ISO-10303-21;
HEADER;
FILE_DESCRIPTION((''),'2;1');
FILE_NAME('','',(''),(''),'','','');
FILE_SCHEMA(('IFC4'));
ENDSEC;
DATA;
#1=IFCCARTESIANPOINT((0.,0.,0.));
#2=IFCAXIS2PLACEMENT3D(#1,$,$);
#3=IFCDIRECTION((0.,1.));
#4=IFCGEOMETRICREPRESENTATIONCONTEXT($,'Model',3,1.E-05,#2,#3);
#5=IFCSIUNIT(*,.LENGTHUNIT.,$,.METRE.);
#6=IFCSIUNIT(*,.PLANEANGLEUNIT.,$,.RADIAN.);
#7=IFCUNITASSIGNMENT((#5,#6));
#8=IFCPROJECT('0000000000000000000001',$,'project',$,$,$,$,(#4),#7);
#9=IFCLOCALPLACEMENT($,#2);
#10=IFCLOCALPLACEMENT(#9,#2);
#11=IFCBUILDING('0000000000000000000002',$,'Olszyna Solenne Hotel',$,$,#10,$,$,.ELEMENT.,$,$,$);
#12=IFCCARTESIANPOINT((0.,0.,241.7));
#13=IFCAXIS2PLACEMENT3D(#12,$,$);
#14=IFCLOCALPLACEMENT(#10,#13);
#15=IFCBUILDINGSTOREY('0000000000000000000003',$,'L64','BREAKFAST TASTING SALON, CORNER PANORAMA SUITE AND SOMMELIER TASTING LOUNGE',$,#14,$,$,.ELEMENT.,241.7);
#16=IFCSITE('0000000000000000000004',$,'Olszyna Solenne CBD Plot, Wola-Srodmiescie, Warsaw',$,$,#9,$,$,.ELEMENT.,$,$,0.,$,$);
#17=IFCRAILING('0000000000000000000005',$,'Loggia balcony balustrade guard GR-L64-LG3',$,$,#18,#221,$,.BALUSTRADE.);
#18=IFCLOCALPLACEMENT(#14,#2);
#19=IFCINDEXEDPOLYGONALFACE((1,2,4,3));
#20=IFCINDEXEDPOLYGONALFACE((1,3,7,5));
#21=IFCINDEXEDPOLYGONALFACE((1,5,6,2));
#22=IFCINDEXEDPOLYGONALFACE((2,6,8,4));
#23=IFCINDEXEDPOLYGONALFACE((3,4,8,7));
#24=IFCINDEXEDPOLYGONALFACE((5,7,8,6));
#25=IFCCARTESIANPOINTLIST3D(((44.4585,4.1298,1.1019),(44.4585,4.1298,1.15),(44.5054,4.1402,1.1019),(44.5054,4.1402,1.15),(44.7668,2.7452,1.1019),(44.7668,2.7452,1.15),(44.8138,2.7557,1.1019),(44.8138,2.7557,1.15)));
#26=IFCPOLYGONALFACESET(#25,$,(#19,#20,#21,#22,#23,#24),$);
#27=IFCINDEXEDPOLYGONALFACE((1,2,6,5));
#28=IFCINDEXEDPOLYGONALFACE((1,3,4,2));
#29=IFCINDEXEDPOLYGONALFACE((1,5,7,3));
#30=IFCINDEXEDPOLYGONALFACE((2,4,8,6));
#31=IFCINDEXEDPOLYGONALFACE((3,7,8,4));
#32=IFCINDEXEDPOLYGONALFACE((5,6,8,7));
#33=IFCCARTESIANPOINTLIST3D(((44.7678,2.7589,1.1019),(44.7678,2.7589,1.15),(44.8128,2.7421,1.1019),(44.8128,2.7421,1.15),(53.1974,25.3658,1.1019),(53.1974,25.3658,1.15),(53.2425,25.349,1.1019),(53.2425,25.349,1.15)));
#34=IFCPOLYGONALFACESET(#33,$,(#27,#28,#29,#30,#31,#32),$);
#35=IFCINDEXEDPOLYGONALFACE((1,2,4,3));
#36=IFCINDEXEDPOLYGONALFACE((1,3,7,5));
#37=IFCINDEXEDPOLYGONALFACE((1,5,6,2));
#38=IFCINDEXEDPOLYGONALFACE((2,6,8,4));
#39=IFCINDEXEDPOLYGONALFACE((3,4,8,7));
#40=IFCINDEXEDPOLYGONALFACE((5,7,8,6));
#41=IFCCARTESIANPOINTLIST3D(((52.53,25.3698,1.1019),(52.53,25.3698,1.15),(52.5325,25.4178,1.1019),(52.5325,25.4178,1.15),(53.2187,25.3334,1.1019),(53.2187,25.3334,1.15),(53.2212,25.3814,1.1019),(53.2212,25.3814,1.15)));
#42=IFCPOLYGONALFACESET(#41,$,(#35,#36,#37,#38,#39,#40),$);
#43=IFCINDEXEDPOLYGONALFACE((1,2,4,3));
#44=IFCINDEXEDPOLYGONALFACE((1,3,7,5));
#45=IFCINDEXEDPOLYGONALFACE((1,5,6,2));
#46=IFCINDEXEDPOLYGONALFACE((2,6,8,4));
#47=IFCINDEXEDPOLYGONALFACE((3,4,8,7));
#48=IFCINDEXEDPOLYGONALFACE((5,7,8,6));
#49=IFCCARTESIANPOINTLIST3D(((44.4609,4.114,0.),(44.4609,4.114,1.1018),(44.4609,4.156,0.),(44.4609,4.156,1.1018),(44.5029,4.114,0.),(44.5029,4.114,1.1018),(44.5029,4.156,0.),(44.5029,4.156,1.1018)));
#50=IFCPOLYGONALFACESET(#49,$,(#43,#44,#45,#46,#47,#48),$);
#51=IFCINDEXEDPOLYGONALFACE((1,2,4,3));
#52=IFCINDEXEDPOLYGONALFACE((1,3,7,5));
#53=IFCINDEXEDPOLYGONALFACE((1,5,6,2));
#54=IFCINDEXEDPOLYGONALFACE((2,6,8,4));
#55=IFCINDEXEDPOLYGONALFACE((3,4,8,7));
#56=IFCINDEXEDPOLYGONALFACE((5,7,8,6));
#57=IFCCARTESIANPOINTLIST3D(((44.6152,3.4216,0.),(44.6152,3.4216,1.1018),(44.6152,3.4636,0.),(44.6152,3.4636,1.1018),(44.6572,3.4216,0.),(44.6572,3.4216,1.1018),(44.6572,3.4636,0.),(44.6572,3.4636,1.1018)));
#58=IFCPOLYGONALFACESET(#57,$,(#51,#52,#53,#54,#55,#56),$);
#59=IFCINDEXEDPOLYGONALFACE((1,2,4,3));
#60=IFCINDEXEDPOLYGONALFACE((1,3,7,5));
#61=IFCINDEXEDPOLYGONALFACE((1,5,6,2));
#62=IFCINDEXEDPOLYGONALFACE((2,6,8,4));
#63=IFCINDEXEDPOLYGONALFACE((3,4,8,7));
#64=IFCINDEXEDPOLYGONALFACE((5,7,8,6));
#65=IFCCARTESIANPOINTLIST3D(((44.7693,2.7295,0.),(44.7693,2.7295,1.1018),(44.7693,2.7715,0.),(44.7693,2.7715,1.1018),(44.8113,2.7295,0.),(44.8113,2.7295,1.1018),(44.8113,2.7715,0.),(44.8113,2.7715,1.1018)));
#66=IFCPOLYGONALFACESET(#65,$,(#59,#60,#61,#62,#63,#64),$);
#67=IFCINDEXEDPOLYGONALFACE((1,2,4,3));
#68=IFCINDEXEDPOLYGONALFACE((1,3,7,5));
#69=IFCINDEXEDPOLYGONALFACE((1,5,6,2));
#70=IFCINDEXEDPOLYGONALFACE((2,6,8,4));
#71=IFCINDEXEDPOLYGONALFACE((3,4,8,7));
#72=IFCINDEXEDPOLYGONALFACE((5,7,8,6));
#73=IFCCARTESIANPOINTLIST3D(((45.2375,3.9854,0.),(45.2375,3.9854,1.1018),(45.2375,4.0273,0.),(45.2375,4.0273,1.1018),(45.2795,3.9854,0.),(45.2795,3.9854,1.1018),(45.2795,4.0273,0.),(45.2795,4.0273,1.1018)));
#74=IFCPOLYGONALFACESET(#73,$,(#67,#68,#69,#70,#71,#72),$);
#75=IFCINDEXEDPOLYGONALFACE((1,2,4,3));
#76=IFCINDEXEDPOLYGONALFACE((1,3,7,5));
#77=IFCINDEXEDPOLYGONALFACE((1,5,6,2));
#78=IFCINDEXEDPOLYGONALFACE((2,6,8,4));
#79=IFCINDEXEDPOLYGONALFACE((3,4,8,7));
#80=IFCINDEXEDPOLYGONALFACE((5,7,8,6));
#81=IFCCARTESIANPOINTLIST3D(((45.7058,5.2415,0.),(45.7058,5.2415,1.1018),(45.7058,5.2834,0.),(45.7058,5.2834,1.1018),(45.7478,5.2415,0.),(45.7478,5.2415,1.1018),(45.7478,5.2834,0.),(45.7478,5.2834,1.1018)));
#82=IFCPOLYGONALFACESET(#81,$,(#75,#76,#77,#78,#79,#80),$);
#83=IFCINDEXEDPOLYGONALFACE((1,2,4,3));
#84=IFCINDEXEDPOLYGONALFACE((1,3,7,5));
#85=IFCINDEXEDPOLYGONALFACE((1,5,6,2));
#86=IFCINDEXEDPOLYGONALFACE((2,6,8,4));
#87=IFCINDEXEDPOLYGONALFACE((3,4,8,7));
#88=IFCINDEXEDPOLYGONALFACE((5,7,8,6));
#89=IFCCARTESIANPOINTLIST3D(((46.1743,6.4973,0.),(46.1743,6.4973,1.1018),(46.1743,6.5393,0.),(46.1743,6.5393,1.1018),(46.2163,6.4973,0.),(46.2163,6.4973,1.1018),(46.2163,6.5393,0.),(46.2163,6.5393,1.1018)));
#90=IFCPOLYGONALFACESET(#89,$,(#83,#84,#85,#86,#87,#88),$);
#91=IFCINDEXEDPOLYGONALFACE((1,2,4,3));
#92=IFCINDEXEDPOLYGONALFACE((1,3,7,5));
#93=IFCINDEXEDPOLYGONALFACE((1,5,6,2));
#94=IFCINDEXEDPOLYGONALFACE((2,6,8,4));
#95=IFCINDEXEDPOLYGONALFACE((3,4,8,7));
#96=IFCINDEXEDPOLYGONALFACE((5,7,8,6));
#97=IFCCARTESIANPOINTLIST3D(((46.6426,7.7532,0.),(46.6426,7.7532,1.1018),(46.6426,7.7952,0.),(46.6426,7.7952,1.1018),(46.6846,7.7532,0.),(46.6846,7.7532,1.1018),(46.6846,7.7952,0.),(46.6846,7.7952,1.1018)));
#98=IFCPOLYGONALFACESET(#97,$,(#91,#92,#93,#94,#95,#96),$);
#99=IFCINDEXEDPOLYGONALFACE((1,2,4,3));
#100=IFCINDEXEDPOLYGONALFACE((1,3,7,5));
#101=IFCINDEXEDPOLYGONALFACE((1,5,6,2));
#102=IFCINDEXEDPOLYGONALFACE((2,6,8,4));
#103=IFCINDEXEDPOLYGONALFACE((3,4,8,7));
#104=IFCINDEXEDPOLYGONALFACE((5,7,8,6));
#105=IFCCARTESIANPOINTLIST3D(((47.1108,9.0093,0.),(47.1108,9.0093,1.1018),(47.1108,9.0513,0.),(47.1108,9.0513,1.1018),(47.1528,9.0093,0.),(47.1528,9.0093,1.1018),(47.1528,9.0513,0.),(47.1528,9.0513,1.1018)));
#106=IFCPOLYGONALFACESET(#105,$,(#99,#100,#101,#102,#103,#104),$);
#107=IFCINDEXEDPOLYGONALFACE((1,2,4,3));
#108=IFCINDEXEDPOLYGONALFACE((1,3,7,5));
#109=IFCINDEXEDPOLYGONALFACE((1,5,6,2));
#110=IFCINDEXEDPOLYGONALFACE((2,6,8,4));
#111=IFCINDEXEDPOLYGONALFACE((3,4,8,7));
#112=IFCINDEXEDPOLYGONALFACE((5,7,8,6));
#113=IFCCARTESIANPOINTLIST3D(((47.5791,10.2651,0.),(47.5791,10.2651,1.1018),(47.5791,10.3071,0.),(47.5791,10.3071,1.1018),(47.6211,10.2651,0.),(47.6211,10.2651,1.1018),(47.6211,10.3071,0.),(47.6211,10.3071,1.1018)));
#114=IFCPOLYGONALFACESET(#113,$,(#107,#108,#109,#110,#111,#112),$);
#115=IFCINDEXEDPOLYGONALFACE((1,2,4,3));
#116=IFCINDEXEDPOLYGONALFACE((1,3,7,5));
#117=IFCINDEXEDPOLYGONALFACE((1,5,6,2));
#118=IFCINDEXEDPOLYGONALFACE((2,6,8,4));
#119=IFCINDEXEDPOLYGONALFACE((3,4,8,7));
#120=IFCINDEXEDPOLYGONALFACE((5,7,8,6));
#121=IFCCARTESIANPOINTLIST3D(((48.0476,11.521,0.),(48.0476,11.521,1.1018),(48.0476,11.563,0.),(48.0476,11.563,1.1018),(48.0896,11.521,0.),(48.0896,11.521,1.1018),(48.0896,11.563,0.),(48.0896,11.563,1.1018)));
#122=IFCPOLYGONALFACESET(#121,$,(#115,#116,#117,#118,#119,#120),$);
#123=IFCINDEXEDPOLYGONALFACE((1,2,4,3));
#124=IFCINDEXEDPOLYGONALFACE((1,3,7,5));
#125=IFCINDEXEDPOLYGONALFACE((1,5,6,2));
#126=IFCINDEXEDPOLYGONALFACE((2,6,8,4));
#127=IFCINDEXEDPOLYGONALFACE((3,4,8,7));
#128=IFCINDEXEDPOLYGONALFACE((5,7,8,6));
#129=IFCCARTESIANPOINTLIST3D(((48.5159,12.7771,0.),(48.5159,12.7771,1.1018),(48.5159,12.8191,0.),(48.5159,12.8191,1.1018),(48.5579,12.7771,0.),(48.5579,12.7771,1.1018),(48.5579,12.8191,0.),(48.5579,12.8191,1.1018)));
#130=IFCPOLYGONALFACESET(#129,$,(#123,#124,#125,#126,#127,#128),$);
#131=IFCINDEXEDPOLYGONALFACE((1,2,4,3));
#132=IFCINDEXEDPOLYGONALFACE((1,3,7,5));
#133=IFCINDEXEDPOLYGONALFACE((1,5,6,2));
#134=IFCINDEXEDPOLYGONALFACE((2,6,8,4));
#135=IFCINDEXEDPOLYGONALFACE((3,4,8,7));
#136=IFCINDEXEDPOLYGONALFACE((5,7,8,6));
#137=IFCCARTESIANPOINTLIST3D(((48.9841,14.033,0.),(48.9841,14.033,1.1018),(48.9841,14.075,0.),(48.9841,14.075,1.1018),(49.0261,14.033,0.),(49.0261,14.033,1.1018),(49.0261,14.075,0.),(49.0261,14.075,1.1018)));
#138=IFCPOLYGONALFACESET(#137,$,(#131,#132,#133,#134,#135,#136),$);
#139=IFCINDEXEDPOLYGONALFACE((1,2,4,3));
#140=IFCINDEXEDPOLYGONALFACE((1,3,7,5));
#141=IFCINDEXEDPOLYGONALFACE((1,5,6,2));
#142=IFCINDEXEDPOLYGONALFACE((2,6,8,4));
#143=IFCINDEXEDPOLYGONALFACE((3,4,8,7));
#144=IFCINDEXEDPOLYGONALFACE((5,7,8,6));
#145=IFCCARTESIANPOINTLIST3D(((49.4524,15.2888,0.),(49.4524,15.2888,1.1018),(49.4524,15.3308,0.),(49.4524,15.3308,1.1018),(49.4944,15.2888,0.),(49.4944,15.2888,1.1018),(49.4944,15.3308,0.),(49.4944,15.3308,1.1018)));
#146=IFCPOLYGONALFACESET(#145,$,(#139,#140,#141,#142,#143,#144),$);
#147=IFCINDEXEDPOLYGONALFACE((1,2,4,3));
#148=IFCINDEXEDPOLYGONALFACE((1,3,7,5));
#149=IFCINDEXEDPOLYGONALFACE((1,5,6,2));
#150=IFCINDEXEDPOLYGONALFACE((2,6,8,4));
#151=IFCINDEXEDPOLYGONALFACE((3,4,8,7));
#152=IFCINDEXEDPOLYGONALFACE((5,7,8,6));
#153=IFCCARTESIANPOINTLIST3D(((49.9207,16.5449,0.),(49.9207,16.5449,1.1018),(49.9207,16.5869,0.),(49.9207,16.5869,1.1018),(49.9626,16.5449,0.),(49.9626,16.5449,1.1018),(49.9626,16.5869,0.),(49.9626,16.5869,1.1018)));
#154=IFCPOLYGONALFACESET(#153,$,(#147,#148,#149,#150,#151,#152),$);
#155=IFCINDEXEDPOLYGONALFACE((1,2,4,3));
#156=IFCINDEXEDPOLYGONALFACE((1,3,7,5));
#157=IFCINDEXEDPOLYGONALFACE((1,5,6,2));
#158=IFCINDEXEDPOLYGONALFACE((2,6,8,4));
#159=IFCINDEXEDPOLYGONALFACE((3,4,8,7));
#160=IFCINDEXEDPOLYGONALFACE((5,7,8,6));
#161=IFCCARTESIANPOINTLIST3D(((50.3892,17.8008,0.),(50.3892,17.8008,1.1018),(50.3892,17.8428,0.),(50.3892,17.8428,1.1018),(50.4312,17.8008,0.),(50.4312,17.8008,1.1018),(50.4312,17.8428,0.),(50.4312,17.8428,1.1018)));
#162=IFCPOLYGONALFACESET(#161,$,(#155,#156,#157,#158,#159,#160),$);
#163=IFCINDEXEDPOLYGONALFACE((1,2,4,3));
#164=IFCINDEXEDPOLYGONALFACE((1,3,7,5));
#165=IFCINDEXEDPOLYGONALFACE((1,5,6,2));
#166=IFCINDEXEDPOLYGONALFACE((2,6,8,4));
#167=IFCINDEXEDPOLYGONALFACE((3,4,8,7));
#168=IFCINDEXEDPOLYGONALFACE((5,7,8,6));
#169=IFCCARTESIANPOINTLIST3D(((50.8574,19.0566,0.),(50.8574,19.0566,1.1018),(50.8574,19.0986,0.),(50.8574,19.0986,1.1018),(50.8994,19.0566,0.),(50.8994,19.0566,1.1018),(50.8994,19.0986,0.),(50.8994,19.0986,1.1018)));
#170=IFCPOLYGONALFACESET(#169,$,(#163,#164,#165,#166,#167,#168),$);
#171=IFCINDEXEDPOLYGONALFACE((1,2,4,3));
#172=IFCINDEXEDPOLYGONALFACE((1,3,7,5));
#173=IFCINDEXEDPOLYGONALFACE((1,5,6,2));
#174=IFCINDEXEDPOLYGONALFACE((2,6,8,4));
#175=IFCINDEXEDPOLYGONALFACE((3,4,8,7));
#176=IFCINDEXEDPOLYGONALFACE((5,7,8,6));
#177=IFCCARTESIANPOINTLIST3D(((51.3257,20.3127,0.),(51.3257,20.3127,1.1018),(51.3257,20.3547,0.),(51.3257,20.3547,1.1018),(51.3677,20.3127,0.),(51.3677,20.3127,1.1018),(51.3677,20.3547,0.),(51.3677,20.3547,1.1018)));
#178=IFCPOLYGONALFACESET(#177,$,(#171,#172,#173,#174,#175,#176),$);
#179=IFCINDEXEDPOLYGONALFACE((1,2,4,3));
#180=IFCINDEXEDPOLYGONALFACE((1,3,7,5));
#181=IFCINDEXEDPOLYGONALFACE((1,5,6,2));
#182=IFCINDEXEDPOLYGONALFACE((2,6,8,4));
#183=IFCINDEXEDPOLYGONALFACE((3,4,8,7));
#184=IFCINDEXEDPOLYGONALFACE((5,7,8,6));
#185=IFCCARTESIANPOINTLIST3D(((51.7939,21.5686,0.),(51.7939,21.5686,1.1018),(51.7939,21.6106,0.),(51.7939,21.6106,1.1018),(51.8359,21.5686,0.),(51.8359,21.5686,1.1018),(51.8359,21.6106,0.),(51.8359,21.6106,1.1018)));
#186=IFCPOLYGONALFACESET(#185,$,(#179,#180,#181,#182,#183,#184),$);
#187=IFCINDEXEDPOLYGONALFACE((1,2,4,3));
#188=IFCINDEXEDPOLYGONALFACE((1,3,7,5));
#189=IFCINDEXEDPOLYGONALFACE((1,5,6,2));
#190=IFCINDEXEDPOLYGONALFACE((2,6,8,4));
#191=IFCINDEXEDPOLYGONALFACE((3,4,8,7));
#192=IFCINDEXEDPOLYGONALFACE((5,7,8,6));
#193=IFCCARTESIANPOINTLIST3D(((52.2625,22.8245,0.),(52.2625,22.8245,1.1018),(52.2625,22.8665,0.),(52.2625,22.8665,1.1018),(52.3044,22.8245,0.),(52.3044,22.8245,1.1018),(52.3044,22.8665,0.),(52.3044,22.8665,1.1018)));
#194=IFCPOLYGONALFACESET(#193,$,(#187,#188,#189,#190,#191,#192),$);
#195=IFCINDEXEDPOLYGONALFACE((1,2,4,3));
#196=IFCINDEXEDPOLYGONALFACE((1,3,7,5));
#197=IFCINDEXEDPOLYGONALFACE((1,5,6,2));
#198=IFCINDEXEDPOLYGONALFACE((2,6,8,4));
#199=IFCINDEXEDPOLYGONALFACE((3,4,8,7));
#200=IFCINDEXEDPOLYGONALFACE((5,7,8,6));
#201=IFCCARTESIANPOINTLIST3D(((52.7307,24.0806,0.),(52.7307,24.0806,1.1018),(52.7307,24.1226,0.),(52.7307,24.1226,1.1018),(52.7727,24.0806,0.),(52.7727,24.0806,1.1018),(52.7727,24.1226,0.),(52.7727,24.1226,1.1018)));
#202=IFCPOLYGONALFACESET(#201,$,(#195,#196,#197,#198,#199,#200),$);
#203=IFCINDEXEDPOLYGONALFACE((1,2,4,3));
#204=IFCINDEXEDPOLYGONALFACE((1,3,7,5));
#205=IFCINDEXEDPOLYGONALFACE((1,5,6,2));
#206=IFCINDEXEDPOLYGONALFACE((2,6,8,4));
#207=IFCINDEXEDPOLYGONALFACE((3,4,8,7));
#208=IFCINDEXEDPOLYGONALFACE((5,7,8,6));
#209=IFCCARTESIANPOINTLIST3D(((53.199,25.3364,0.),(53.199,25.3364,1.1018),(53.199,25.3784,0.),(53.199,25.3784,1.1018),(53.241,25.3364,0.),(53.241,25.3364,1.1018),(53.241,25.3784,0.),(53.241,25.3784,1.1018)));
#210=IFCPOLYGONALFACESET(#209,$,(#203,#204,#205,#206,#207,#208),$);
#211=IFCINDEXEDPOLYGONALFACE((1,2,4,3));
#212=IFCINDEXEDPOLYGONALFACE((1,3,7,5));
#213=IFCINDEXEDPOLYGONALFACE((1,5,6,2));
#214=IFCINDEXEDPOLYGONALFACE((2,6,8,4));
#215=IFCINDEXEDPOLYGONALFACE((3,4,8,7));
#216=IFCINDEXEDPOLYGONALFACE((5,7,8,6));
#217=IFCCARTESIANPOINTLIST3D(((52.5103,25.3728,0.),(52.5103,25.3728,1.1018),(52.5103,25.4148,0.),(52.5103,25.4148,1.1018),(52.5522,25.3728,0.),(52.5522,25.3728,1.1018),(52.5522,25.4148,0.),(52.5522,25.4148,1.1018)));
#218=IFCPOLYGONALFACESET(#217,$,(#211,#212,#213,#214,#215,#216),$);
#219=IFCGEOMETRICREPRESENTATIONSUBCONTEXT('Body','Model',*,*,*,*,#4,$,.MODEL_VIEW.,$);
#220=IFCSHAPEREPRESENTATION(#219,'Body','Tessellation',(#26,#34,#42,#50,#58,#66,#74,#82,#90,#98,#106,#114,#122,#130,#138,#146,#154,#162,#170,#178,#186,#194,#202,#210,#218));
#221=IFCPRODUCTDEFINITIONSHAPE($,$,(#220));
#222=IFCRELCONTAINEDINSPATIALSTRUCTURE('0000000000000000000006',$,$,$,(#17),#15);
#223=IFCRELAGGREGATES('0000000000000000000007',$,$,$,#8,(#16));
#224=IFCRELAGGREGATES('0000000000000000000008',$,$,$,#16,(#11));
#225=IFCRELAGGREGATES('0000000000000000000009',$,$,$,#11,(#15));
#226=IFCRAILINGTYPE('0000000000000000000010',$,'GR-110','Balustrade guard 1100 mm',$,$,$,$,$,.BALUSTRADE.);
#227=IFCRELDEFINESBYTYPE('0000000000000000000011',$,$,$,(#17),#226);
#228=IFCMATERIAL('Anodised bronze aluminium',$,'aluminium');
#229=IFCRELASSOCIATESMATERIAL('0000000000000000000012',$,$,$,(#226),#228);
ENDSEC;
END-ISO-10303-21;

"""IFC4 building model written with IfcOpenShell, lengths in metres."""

from ifc_helpers import new_model, si_unit, direction, frame, origin, origin_2d, place, context, subcontext, project, spatial, rectangle, extrude, material, type_object, element, save


model = new_model("IFC4")

# Units and contexts
model_context = context("Model", 3, precision=1e-05, world=origin(), true_north=direction((0.0, 1.0)))
body_context = subcontext(model_context, "Body", "Model", "MODEL_VIEW")
ifc_project = project(units=[si_unit("LENGTHUNIT", "METRE"), si_unit("PLANEANGLEUNIT", "RADIAN")], contexts=[model_context])

# Site, building, storey
site_placement = place(None, origin())
site = spatial("IfcSite", under=ifc_project, at=site_placement, Name="Olszyna Solenne CBD Plot, Wola-Srodmiescie, Warsaw", CompositionType="ELEMENT", RefElevation=0.0)
building_placement = place(site_placement, origin())
building = spatial("IfcBuilding", under=site, at=building_placement, Name="Olszyna Solenne Hotel", CompositionType="ELEMENT")
storey_placement = place(building_placement, frame((0.0, 0.0, 241.7)))
storey = spatial("IfcBuildingStorey", under=building, at=storey_placement, Name="L64", Description="BREAKFAST TASTING SALON, CORNER PANORAMA SUITE AND SOMMELIER TASTING LOUNGE", CompositionType="ELEMENT", Elevation=241.7)

# Shared definitions
ifc_material_1 = material(Name="Anodised bronze aluminium", Category="aluminium")

# Railing
railing_type = type_object("IfcRailingType", Name="GR-110", Description="Balustrade guard 1100 mm", PredefinedType="BALUSTRADE", material=ifc_material_1)
railing_placement = place(storey_placement, frame((44.4819, 4.135, 0.0)))
element("IfcRailing", 1, at=railing_placement, inside=storey, type_object=railing_type, Name="Loggia balcony balustrade guard GR-L64-LG3", PredefinedType="BALUSTRADE", context=body_context, shape_type="SweptSolid", body=[
    extrude(rectangle(XDim=0.0481, YDim=0.0481, at=origin_2d()), frame((0.0, 0.0, 1.126), z_axis=(0.217386, -0.976086, 0.0), x_axis=(0.976086, 0.217386, 0.0)), (0.0, 0.0, 1.0), 1.4185),
    extrude(rectangle(XDim=0.0481, YDim=0.0481, at=origin_2d()), frame((0.3083, -1.3845, 1.126), z_axis=(0.349382, 0.93698, 0.0), x_axis=(-0.93698, 0.349382, 0.0)), (0.0, 0.0, 1.0), 24.1274),
    extrude(rectangle(XDim=0.0481, YDim=0.0481, at=origin_2d()), frame((8.738, 21.2224, 1.126), z_axis=(-0.998608, 0.052745, 0.0), x_axis=(-0.052745, -0.998608, 0.0)), (0.0, 0.0, 1.0), 0.6897),
    extrude(rectangle(XDim=0.042, YDim=0.042, at=origin_2d()), origin(), (0.0, 0.0, 1.0), 1.1018),
    extrude(rectangle(XDim=0.042, YDim=0.042, at=origin_2d()), frame((0.1543, -0.6924, 0.0)), (0.0, 0.0, 1.0), 1.1018),
    extrude(rectangle(XDim=0.042, YDim=0.042, at=origin_2d()), frame((0.3083, -1.3845, 0.0)), (0.0, 0.0, 1.0), 1.1018),
    extrude(rectangle(XDim=0.042, YDim=0.042, at=origin_2d()), frame((0.7766, -0.1287, 0.0)), (0.0, 0.0, 1.0), 1.1018),
    extrude(rectangle(XDim=0.042, YDim=0.042, at=origin_2d()), frame((1.2449, 1.1274, 0.0)), (0.0, 0.0, 1.0), 1.1018),
    extrude(rectangle(XDim=0.042, YDim=0.042, at=origin_2d()), frame((1.7134, 2.3833, 0.0)), (0.0, 0.0, 1.0), 1.1018),
    extrude(rectangle(XDim=0.042, YDim=0.042, at=origin_2d()), frame((2.1816, 3.6392, 0.0)), (0.0, 0.0, 1.0), 1.1018),
    extrude(rectangle(XDim=0.042, YDim=0.042, at=origin_2d()), frame((2.6499, 4.8953, 0.0)), (0.0, 0.0, 1.0), 1.1018),
    extrude(rectangle(XDim=0.042, YDim=0.042, at=origin_2d()), frame((3.1182, 6.1511, 0.0)), (0.0, 0.0, 1.0), 1.1018),
    extrude(rectangle(XDim=0.042, YDim=0.042, at=origin_2d()), frame((3.5867, 7.407, 0.0)), (0.0, 0.0, 1.0), 1.1018),
    extrude(rectangle(XDim=0.042, YDim=0.042, at=origin_2d()), frame((4.0549, 8.6631, 0.0)), (0.0, 0.0, 1.0), 1.1018),
    extrude(rectangle(XDim=0.042, YDim=0.042, at=origin_2d()), frame((4.5232, 9.9189, 0.0)), (0.0, 0.0, 1.0), 1.1018),
    extrude(rectangle(XDim=0.042, YDim=0.042, at=origin_2d()), frame((4.9915, 11.1748, 0.0)), (0.0, 0.0, 1.0), 1.1018),
    extrude(rectangle(XDim=0.042, YDim=0.042, at=origin_2d()), frame((5.4597, 12.4309, 0.0)), (0.0, 0.0, 1.0), 1.1018),
    extrude(rectangle(XDim=0.042, YDim=0.042, at=origin_2d()), frame((5.9282, 13.6868, 0.0)), (0.0, 0.0, 1.0), 1.1018),
    extrude(rectangle(XDim=0.042, YDim=0.042, at=origin_2d()), frame((6.3965, 14.9426, 0.0)), (0.0, 0.0, 1.0), 1.1018),
    extrude(rectangle(XDim=0.042, YDim=0.042, at=origin_2d()), frame((6.8647, 16.1987, 0.0)), (0.0, 0.0, 1.0), 1.1018),
    extrude(rectangle(XDim=0.042, YDim=0.042, at=origin_2d()), frame((7.333, 17.4546, 0.0)), (0.0, 0.0, 1.0), 1.1018),
    extrude(rectangle(XDim=0.042, YDim=0.042, at=origin_2d()), frame((7.8015, 18.7104, 0.0)), (0.0, 0.0, 1.0), 1.1018),
    extrude(rectangle(XDim=0.042, YDim=0.042, at=origin_2d()), frame((8.2698, 19.9666, 0.0)), (0.0, 0.0, 1.0), 1.1018),
    extrude(rectangle(XDim=0.042, YDim=0.042, at=origin_2d()), frame((8.738, 21.2224, 0.0)), (0.0, 0.0, 1.0), 1.1018),
    extrude(rectangle(XDim=0.042, YDim=0.042, at=origin_2d()), frame((8.0493, 21.2588, 0.0)), (0.0, 0.0, 1.0), 1.1018),
])

save(model, "model.ifc")
